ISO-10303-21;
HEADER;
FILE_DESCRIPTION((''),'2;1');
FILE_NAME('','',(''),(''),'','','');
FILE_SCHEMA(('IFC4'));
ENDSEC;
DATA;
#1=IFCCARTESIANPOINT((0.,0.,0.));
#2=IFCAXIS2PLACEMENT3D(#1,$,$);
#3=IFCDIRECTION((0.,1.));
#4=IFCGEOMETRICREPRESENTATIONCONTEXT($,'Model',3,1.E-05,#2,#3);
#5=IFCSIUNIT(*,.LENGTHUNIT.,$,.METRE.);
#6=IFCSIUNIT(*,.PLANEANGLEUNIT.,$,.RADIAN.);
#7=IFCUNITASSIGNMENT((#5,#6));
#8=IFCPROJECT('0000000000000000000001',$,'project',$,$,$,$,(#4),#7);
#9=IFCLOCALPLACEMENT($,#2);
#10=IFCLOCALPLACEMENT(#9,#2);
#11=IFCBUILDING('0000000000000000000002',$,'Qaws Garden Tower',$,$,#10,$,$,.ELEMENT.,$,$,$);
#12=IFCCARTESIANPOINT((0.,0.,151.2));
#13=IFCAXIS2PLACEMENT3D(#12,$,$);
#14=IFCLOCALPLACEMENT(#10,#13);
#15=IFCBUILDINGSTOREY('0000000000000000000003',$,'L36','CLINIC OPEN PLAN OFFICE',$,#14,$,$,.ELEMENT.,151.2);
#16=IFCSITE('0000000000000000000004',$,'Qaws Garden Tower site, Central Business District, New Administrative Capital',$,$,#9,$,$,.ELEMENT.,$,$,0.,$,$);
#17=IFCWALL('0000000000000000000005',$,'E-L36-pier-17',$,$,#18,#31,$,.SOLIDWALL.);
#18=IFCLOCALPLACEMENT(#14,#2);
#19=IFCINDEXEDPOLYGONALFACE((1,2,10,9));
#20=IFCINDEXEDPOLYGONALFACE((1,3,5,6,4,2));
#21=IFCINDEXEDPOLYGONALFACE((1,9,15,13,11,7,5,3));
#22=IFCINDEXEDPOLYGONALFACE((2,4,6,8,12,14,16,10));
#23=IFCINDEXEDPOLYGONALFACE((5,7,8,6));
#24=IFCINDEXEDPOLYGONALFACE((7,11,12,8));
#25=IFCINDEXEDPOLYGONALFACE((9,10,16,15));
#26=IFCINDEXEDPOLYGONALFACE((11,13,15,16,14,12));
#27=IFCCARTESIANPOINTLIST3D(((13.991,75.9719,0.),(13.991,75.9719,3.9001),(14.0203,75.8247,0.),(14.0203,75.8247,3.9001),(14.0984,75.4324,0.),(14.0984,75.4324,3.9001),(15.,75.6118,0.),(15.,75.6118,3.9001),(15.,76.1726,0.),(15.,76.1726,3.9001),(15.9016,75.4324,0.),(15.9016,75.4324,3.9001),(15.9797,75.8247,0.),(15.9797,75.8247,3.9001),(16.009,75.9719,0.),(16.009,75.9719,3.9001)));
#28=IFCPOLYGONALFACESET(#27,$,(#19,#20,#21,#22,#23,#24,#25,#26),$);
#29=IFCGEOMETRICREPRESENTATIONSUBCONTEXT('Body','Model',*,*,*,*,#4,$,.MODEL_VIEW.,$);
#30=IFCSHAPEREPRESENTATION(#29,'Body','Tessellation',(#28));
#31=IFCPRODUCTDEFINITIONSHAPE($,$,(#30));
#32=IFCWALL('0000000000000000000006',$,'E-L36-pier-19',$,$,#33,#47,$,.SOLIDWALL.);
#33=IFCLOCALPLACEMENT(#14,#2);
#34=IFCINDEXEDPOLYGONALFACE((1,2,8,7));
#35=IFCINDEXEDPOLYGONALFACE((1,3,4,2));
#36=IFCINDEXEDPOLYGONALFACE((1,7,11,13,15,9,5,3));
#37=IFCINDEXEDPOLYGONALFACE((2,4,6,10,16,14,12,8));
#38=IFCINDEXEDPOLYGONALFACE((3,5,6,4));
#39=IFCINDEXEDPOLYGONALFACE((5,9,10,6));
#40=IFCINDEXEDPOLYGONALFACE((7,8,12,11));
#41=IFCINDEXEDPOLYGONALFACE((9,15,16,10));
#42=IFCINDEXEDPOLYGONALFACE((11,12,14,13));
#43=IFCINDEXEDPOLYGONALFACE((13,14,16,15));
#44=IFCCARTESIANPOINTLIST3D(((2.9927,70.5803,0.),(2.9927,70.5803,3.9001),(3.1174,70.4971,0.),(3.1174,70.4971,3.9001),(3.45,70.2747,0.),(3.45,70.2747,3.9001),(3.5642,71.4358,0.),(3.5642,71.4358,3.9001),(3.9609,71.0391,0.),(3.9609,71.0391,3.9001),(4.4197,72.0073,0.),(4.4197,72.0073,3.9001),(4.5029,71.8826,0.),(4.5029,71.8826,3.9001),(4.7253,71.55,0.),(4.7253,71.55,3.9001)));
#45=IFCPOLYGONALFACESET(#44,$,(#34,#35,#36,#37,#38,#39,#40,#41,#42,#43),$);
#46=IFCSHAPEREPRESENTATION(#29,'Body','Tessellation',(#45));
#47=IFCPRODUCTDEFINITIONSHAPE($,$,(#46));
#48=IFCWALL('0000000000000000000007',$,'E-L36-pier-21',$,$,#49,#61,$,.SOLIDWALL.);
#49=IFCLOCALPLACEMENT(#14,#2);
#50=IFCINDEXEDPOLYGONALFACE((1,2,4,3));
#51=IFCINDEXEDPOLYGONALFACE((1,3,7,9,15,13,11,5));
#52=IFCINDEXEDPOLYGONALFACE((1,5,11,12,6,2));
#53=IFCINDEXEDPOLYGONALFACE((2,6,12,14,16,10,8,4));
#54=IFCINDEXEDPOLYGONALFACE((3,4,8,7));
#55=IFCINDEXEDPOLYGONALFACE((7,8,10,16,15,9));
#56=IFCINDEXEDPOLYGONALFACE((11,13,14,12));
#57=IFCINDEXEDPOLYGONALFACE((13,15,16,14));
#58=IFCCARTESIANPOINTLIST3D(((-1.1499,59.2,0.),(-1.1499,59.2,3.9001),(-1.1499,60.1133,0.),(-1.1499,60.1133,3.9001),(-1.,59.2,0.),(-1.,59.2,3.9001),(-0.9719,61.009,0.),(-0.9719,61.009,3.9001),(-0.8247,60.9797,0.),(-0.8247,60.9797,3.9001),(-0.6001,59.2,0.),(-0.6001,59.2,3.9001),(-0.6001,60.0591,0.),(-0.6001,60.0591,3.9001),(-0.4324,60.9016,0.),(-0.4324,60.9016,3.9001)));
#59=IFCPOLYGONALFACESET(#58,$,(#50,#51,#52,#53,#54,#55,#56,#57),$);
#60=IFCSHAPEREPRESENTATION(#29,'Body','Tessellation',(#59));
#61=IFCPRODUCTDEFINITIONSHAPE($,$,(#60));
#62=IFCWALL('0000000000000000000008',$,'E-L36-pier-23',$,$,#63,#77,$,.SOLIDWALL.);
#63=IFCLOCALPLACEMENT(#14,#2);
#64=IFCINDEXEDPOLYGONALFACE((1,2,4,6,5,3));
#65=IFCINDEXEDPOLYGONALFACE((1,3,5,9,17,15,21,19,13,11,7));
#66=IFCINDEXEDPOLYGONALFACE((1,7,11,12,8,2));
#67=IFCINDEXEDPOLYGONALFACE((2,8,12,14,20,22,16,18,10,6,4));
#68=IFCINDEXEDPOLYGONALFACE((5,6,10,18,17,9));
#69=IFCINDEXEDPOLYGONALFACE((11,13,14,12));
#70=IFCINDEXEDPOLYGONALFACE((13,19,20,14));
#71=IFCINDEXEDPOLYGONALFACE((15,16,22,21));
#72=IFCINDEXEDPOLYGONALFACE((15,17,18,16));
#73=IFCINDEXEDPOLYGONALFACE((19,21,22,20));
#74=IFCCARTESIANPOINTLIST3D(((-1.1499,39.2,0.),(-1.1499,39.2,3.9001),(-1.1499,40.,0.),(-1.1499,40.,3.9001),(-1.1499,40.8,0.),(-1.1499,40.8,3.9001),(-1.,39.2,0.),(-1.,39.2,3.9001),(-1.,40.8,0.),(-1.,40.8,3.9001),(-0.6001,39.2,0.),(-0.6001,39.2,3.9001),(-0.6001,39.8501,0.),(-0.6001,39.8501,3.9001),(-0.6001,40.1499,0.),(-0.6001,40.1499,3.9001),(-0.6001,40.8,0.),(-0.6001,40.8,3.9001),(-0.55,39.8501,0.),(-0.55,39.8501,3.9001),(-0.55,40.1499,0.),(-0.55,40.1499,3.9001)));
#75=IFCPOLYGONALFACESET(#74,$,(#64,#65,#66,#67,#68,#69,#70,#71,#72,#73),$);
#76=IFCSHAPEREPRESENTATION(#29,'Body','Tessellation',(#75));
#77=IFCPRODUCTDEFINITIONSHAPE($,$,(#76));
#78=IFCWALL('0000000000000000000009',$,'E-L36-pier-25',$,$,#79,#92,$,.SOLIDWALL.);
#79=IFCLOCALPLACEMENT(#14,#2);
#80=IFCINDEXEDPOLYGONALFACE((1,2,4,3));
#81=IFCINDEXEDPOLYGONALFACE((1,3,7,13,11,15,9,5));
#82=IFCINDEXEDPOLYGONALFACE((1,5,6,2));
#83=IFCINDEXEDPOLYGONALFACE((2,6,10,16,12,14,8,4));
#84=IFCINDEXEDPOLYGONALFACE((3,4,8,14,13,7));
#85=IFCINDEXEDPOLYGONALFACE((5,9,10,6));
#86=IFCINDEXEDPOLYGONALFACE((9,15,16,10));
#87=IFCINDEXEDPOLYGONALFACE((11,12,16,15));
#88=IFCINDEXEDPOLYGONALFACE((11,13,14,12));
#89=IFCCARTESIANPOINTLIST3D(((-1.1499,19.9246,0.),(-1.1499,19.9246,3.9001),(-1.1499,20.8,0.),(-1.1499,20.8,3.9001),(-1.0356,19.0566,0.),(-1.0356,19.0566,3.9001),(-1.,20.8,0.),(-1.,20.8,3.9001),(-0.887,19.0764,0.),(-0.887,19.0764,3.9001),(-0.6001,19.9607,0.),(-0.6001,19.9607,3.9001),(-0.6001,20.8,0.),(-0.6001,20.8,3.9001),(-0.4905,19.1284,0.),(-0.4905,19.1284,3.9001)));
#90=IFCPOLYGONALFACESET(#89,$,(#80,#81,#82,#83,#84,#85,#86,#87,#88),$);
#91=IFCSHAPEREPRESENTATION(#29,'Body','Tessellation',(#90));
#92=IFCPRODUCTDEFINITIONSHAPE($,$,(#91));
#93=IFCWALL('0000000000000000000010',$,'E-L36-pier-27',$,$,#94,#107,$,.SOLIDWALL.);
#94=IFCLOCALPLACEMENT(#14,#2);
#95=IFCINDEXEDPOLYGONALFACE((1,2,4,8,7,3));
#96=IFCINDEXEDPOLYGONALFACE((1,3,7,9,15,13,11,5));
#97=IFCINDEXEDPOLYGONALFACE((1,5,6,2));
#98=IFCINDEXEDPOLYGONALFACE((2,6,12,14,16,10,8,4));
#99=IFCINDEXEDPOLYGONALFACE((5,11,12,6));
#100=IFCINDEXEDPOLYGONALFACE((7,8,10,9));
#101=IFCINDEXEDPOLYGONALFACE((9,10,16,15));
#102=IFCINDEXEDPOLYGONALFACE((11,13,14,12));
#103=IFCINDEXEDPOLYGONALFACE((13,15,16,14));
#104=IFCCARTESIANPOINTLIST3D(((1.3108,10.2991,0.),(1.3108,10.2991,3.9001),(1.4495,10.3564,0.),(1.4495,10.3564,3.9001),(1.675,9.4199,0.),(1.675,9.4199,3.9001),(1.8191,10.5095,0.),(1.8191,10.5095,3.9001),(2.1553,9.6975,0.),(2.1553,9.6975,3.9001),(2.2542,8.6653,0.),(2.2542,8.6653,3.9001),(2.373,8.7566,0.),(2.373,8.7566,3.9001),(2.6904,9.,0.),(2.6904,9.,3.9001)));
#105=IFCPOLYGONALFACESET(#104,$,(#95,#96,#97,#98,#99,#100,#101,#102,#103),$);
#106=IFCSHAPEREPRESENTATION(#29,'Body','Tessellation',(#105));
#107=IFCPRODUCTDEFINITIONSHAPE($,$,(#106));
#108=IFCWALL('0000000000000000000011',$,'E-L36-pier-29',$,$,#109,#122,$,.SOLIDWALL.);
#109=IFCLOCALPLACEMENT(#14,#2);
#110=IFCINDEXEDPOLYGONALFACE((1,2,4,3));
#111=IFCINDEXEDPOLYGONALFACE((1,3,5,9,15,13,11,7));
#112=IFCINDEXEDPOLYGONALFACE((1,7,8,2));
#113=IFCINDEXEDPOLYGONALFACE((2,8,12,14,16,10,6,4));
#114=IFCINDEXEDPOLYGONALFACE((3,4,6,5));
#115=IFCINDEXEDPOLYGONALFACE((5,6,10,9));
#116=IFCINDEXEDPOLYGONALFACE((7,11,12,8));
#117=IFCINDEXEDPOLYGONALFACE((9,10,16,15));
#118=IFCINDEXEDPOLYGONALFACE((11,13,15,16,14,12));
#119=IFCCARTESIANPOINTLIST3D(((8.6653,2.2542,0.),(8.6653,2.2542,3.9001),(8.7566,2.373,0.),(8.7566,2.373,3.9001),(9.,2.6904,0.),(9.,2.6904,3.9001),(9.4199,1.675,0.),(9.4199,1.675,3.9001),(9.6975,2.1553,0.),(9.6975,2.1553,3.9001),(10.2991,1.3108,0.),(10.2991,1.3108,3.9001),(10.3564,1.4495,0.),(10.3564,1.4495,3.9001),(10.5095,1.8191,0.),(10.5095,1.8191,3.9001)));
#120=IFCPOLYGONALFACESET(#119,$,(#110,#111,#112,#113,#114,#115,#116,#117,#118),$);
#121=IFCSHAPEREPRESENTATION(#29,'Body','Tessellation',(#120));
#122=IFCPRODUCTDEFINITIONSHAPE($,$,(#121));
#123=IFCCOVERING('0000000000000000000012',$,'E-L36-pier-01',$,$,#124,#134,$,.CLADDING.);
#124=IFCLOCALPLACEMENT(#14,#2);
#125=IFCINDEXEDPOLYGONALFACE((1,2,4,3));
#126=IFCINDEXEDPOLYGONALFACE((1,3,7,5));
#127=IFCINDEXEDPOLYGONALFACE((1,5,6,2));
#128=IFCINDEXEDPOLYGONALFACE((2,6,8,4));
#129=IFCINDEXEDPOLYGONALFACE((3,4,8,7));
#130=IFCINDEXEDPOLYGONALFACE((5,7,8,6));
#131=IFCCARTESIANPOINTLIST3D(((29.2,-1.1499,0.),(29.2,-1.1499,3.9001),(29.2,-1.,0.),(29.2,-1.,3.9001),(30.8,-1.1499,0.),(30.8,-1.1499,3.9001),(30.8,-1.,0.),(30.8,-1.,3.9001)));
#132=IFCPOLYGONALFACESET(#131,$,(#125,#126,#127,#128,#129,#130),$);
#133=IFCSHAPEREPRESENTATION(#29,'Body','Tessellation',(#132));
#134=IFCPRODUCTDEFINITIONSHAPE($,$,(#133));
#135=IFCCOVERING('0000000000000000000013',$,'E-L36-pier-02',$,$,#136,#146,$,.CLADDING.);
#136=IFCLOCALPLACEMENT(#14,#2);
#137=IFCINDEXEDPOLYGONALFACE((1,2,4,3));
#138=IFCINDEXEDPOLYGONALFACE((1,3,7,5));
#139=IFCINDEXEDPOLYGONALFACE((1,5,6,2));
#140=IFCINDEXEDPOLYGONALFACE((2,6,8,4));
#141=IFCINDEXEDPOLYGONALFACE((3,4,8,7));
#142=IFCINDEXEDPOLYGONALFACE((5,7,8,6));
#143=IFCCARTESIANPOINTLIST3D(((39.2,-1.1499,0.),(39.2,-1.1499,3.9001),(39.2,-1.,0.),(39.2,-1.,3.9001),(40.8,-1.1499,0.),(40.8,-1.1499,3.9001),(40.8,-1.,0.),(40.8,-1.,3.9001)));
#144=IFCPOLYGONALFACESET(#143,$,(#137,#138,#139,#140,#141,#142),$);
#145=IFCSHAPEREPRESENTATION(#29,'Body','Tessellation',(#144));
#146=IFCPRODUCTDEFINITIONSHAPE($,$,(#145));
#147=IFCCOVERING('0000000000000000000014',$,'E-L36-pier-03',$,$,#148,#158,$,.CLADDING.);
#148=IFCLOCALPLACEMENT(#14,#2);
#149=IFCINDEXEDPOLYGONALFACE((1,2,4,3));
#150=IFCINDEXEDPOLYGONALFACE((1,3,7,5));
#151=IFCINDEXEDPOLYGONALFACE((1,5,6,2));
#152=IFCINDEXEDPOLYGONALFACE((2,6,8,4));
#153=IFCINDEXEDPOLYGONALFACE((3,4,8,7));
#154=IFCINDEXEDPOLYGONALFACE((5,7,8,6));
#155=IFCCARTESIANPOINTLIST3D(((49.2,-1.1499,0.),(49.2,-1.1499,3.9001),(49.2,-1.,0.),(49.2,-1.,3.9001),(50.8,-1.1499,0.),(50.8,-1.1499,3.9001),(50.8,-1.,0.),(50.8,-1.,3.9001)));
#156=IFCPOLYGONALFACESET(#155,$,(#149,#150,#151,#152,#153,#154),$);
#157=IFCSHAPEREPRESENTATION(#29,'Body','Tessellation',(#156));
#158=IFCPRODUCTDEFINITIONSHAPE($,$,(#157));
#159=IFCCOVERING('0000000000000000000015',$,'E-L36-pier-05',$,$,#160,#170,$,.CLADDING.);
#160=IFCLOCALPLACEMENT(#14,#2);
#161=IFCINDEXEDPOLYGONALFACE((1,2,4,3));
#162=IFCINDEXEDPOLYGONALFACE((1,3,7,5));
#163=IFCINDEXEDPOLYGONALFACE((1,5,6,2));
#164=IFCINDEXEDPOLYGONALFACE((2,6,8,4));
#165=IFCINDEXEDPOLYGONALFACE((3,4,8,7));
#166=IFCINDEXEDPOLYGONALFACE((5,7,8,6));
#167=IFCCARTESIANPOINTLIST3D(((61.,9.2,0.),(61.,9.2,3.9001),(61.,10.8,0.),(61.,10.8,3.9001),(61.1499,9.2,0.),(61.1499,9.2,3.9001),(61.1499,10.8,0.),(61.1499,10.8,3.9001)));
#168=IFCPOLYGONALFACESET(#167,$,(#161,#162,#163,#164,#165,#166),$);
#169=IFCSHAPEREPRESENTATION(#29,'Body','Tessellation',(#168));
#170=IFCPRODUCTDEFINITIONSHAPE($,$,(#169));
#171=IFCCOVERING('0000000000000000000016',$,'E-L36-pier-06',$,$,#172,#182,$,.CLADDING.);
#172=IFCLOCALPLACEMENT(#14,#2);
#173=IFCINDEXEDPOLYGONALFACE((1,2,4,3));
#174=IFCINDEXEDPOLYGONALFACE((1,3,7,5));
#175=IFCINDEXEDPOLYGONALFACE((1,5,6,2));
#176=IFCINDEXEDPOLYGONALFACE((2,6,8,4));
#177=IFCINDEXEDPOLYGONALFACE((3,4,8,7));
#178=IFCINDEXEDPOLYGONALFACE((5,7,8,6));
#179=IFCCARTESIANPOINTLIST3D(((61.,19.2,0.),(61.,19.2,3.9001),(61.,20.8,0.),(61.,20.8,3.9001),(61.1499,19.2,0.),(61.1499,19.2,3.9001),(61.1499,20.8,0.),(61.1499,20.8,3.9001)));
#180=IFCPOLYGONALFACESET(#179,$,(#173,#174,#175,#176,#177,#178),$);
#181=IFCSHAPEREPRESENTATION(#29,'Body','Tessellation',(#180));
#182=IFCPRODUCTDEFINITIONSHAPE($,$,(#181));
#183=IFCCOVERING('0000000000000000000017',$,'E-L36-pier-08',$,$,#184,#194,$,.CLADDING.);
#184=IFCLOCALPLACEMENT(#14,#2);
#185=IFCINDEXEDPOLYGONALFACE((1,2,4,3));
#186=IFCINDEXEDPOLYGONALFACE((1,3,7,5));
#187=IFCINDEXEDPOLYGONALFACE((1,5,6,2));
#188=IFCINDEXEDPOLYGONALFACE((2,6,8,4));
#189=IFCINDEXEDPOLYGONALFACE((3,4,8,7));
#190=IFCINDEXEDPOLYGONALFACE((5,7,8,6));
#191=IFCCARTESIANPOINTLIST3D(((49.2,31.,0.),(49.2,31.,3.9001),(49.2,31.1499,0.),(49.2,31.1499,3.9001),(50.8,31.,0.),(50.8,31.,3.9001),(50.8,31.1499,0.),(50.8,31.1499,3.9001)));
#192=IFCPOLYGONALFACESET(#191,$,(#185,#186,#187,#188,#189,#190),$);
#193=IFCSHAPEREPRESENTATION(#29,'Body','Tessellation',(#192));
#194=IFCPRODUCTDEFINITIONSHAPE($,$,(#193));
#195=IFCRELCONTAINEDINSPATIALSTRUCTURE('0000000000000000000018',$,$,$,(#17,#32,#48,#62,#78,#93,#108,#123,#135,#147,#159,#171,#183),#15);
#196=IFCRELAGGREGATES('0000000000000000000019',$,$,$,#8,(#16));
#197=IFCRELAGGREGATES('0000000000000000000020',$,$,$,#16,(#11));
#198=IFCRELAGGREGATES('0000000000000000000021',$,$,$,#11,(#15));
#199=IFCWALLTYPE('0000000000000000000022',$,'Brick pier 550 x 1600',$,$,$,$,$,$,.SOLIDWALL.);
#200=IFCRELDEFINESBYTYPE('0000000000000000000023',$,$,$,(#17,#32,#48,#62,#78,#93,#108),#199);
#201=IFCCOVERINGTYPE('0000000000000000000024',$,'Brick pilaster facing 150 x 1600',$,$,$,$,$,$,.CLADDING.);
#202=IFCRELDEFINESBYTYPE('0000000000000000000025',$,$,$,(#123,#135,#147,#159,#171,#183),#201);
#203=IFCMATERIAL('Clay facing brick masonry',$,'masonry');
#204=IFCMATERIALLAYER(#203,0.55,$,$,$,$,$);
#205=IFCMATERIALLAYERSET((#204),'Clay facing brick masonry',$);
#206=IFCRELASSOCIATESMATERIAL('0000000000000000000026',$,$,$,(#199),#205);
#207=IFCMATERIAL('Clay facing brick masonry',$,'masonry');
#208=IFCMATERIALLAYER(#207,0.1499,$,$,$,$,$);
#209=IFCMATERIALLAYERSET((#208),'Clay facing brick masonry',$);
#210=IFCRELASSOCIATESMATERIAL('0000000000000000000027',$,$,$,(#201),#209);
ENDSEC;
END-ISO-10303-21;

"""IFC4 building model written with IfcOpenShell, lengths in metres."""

from ifc_helpers import new_model, si_unit, direction, frame, origin, place, context, subcontext, project, spatial, polyline, outline, extrude, material, layer, layer_set, type_object, element, save


model = new_model("IFC4")

# Units and contexts
model_context = context("Model", 3, precision=1e-05, world=origin(), true_north=direction((0.0, 1.0)))
body_context = subcontext(model_context, "Body", "Model", "MODEL_VIEW")
ifc_project = project(units=[si_unit("LENGTHUNIT", "METRE"), si_unit("PLANEANGLEUNIT", "RADIAN")], contexts=[model_context])

# Site, building, storey
site_placement = place(None, origin())
site = spatial("IfcSite", under=ifc_project, at=site_placement, Name="Qaws Garden Tower site, Central Business District, New Administrative Capital", CompositionType="ELEMENT", RefElevation=0.0)
building_placement = place(site_placement, origin())
building = spatial("IfcBuilding", under=site, at=building_placement, Name="Qaws Garden Tower", CompositionType="ELEMENT")
storey_placement = place(building_placement, frame((0.0, 0.0, 151.2)))
storey = spatial("IfcBuildingStorey", under=building, at=storey_placement, Name="L36", Description="CLINIC OPEN PLAN OFFICE", CompositionType="ELEMENT", Elevation=151.2)

# Walls
placement = place(storey_placement, origin())
ifc_material_1 = material(Name="Clay facing brick masonry", Category="masonry")
ifc_layer_1 = layer(ifc_material_1, 0.55)
ifc_layer_set_1 = layer_set([ifc_layer_1], Name="Clay facing brick masonry")
wall_type_1 = type_object("IfcWallType", Name="Brick pier 550 x 1600", PredefinedType="SOLIDWALL", material=ifc_layer_set_1)
element("IfcWall", 1, at=placement, inside=storey, type_object=wall_type_1, Name="E-L36-pier-17", PredefinedType="SOLIDWALL", context=body_context, shape_type="SweptSolid", body=[
    extrude(outline(polyline([(15.9797, 75.8247), (16.009, 75.9719), (15.0, 76.1726), (13.991, 75.9719), (14.0203, 75.8247), (14.0984, 75.4324), (15.0, 75.6118), (15.9016, 75.4324), (15.9797, 75.8247)])), origin(), (0.0, 0.0, 1.0), 3.9001),
])
element("IfcWall", 2, at=placement, inside=storey, type_object=wall_type_1, Name="E-L36-pier-19", PredefinedType="SOLIDWALL", context=body_context, shape_type="SweptSolid", body=[
    extrude(outline(polyline([(4.5029, 71.8826), (4.4197, 72.0073), (3.5642, 71.4358), (2.9927, 70.5803), (3.1174, 70.4971), (3.45, 70.2747), (3.9609, 71.0391), (4.7253, 71.55), (4.5029, 71.8826)])), origin(), (0.0, 0.0, 1.0), 3.9001),
])
element("IfcWall", 3, at=placement, inside=storey, type_object=wall_type_1, Name="E-L36-pier-21", PredefinedType="SOLIDWALL", context=body_context, shape_type="SweptSolid", body=[
    extrude(outline(polyline([(-0.8247, 60.9797), (-0.9719, 61.009), (-1.1499, 60.1133), (-1.1499, 59.2), (-1.0, 59.2), (-0.6001, 59.2), (-0.6001, 60.0591), (-0.4324, 60.9016), (-0.8247, 60.9797)])), origin(), (0.0, 0.0, 1.0), 3.9001),
])
element("IfcWall", 4, at=placement, inside=storey, type_object=wall_type_1, Name="E-L36-pier-23", PredefinedType="SOLIDWALL", context=body_context, shape_type="SweptSolid", body=[
    extrude(outline(polyline([(-0.6001, 39.2), (-0.6001, 39.8501), (-0.55, 39.8501), (-0.55, 40.1499), (-0.6001, 40.1499), (-0.6001, 40.8), (-1.0, 40.8), (-1.1499, 40.8), (-1.1499, 40.0), (-1.1499, 39.2), (-1.0, 39.2), (-0.6001, 39.2)])), origin(), (0.0, 0.0, 1.0), 3.9001),
])
element("IfcWall", 5, at=placement, inside=storey, type_object=wall_type_1, Name="E-L36-pier-25", PredefinedType="SOLIDWALL", context=body_context, shape_type="SweptSolid", body=[
    extrude(outline(polyline([(-1.0, 20.8), (-1.1499, 20.8), (-1.1499, 19.9246), (-1.0356, 19.0566), (-0.887, 19.0764), (-0.4905, 19.1284), (-0.6001, 19.9607), (-0.6001, 20.8), (-1.0, 20.8)])), origin(), (0.0, 0.0, 1.0), 3.9001),
])
element("IfcWall", 6, at=placement, inside=storey, type_object=wall_type_1, Name="E-L36-pier-27", PredefinedType="SOLIDWALL", context=body_context, shape_type="SweptSolid", body=[
    extrude(outline(polyline([(1.4495, 10.3564), (1.3108, 10.2991), (1.675, 9.4199), (2.2542, 8.6653), (2.373, 8.7566), (2.6904, 9.0), (2.1553, 9.6975), (1.8191, 10.5095), (1.4495, 10.3564)])), origin(), (0.0, 0.0, 1.0), 3.9001),
])
element("IfcWall", 7, at=placement, inside=storey, type_object=wall_type_1, Name="E-L36-pier-29", PredefinedType="SOLIDWALL", context=body_context, shape_type="SweptSolid", body=[
    extrude(outline(polyline([(8.7566, 2.373), (8.6653, 2.2542), (9.4199, 1.675), (10.2991, 1.3108), (10.3564, 1.4495), (10.5095, 1.8191), (9.6975, 2.1553), (9.0, 2.6904), (8.7566, 2.373)])), origin(), (0.0, 0.0, 1.0), 3.9001),
])

# Coverings
ifc_material_2 = material(Name="Clay facing brick masonry", Category="masonry")
ifc_layer_2 = layer(ifc_material_2, 0.1499)
ifc_layer_set_2 = layer_set([ifc_layer_2], Name="Clay facing brick masonry")
covering_type = type_object("IfcCoveringType", Name="Brick pilaster facing 150 x 1600", PredefinedType="CLADDING", material=ifc_layer_set_2)
element("IfcCovering", 8, at=placement, inside=storey, type_object=covering_type, Name="E-L36-pier-01", PredefinedType="CLADDING", context=body_context, shape_type="SweptSolid", body=[
    extrude(outline(polyline([(29.2, -1.0), (30.8, -1.0), (30.8, -1.1499), (29.2, -1.1499), (29.2, -1.0)])), origin(), (0.0, 0.0, 1.0), 3.9001),
])
element("IfcCovering", 9, at=placement, inside=storey, type_object=covering_type, Name="E-L36-pier-02", PredefinedType="CLADDING", context=body_context, shape_type="SweptSolid", body=[
    extrude(outline(polyline([(39.2, -1.0), (40.8, -1.0), (40.8, -1.1499), (39.2, -1.1499), (39.2, -1.0)])), origin(), (0.0, 0.0, 1.0), 3.9001),
])
element("IfcCovering", 10, at=placement, inside=storey, type_object=covering_type, Name="E-L36-pier-03", PredefinedType="CLADDING", context=body_context, shape_type="SweptSolid", body=[
    extrude(outline(polyline([(49.2, -1.0), (50.8, -1.0), (50.8, -1.1499), (49.2, -1.1499), (49.2, -1.0)])), origin(), (0.0, 0.0, 1.0), 3.9001),
])
element("IfcCovering", 11, at=placement, inside=storey, type_object=covering_type, Name="E-L36-pier-05", PredefinedType="CLADDING", context=body_context, shape_type="SweptSolid", body=[
    extrude(outline(polyline([(61.0, 9.2), (61.0, 10.8), (61.1499, 10.8), (61.1499, 9.2), (61.0, 9.2)])), origin(), (0.0, 0.0, 1.0), 3.9001),
])
element("IfcCovering", 12, at=placement, inside=storey, type_object=covering_type, Name="E-L36-pier-06", PredefinedType="CLADDING", context=body_context, shape_type="SweptSolid", body=[
    extrude(outline(polyline([(61.0, 19.2), (61.0, 20.8), (61.1499, 20.8), (61.1499, 19.2), (61.0, 19.2)])), origin(), (0.0, 0.0, 1.0), 3.9001),
])
element("IfcCovering", 13, at=placement, inside=storey, type_object=covering_type, Name="E-L36-pier-08", PredefinedType="CLADDING", context=body_context, shape_type="SweptSolid", body=[
    extrude(outline(polyline([(50.8, 31.0), (49.2, 31.0), (49.2, 31.1499), (50.8, 31.1499), (50.8, 31.0)])), origin(), (0.0, 0.0, 1.0), 3.9001),
])

save(model, "model.ifc")
